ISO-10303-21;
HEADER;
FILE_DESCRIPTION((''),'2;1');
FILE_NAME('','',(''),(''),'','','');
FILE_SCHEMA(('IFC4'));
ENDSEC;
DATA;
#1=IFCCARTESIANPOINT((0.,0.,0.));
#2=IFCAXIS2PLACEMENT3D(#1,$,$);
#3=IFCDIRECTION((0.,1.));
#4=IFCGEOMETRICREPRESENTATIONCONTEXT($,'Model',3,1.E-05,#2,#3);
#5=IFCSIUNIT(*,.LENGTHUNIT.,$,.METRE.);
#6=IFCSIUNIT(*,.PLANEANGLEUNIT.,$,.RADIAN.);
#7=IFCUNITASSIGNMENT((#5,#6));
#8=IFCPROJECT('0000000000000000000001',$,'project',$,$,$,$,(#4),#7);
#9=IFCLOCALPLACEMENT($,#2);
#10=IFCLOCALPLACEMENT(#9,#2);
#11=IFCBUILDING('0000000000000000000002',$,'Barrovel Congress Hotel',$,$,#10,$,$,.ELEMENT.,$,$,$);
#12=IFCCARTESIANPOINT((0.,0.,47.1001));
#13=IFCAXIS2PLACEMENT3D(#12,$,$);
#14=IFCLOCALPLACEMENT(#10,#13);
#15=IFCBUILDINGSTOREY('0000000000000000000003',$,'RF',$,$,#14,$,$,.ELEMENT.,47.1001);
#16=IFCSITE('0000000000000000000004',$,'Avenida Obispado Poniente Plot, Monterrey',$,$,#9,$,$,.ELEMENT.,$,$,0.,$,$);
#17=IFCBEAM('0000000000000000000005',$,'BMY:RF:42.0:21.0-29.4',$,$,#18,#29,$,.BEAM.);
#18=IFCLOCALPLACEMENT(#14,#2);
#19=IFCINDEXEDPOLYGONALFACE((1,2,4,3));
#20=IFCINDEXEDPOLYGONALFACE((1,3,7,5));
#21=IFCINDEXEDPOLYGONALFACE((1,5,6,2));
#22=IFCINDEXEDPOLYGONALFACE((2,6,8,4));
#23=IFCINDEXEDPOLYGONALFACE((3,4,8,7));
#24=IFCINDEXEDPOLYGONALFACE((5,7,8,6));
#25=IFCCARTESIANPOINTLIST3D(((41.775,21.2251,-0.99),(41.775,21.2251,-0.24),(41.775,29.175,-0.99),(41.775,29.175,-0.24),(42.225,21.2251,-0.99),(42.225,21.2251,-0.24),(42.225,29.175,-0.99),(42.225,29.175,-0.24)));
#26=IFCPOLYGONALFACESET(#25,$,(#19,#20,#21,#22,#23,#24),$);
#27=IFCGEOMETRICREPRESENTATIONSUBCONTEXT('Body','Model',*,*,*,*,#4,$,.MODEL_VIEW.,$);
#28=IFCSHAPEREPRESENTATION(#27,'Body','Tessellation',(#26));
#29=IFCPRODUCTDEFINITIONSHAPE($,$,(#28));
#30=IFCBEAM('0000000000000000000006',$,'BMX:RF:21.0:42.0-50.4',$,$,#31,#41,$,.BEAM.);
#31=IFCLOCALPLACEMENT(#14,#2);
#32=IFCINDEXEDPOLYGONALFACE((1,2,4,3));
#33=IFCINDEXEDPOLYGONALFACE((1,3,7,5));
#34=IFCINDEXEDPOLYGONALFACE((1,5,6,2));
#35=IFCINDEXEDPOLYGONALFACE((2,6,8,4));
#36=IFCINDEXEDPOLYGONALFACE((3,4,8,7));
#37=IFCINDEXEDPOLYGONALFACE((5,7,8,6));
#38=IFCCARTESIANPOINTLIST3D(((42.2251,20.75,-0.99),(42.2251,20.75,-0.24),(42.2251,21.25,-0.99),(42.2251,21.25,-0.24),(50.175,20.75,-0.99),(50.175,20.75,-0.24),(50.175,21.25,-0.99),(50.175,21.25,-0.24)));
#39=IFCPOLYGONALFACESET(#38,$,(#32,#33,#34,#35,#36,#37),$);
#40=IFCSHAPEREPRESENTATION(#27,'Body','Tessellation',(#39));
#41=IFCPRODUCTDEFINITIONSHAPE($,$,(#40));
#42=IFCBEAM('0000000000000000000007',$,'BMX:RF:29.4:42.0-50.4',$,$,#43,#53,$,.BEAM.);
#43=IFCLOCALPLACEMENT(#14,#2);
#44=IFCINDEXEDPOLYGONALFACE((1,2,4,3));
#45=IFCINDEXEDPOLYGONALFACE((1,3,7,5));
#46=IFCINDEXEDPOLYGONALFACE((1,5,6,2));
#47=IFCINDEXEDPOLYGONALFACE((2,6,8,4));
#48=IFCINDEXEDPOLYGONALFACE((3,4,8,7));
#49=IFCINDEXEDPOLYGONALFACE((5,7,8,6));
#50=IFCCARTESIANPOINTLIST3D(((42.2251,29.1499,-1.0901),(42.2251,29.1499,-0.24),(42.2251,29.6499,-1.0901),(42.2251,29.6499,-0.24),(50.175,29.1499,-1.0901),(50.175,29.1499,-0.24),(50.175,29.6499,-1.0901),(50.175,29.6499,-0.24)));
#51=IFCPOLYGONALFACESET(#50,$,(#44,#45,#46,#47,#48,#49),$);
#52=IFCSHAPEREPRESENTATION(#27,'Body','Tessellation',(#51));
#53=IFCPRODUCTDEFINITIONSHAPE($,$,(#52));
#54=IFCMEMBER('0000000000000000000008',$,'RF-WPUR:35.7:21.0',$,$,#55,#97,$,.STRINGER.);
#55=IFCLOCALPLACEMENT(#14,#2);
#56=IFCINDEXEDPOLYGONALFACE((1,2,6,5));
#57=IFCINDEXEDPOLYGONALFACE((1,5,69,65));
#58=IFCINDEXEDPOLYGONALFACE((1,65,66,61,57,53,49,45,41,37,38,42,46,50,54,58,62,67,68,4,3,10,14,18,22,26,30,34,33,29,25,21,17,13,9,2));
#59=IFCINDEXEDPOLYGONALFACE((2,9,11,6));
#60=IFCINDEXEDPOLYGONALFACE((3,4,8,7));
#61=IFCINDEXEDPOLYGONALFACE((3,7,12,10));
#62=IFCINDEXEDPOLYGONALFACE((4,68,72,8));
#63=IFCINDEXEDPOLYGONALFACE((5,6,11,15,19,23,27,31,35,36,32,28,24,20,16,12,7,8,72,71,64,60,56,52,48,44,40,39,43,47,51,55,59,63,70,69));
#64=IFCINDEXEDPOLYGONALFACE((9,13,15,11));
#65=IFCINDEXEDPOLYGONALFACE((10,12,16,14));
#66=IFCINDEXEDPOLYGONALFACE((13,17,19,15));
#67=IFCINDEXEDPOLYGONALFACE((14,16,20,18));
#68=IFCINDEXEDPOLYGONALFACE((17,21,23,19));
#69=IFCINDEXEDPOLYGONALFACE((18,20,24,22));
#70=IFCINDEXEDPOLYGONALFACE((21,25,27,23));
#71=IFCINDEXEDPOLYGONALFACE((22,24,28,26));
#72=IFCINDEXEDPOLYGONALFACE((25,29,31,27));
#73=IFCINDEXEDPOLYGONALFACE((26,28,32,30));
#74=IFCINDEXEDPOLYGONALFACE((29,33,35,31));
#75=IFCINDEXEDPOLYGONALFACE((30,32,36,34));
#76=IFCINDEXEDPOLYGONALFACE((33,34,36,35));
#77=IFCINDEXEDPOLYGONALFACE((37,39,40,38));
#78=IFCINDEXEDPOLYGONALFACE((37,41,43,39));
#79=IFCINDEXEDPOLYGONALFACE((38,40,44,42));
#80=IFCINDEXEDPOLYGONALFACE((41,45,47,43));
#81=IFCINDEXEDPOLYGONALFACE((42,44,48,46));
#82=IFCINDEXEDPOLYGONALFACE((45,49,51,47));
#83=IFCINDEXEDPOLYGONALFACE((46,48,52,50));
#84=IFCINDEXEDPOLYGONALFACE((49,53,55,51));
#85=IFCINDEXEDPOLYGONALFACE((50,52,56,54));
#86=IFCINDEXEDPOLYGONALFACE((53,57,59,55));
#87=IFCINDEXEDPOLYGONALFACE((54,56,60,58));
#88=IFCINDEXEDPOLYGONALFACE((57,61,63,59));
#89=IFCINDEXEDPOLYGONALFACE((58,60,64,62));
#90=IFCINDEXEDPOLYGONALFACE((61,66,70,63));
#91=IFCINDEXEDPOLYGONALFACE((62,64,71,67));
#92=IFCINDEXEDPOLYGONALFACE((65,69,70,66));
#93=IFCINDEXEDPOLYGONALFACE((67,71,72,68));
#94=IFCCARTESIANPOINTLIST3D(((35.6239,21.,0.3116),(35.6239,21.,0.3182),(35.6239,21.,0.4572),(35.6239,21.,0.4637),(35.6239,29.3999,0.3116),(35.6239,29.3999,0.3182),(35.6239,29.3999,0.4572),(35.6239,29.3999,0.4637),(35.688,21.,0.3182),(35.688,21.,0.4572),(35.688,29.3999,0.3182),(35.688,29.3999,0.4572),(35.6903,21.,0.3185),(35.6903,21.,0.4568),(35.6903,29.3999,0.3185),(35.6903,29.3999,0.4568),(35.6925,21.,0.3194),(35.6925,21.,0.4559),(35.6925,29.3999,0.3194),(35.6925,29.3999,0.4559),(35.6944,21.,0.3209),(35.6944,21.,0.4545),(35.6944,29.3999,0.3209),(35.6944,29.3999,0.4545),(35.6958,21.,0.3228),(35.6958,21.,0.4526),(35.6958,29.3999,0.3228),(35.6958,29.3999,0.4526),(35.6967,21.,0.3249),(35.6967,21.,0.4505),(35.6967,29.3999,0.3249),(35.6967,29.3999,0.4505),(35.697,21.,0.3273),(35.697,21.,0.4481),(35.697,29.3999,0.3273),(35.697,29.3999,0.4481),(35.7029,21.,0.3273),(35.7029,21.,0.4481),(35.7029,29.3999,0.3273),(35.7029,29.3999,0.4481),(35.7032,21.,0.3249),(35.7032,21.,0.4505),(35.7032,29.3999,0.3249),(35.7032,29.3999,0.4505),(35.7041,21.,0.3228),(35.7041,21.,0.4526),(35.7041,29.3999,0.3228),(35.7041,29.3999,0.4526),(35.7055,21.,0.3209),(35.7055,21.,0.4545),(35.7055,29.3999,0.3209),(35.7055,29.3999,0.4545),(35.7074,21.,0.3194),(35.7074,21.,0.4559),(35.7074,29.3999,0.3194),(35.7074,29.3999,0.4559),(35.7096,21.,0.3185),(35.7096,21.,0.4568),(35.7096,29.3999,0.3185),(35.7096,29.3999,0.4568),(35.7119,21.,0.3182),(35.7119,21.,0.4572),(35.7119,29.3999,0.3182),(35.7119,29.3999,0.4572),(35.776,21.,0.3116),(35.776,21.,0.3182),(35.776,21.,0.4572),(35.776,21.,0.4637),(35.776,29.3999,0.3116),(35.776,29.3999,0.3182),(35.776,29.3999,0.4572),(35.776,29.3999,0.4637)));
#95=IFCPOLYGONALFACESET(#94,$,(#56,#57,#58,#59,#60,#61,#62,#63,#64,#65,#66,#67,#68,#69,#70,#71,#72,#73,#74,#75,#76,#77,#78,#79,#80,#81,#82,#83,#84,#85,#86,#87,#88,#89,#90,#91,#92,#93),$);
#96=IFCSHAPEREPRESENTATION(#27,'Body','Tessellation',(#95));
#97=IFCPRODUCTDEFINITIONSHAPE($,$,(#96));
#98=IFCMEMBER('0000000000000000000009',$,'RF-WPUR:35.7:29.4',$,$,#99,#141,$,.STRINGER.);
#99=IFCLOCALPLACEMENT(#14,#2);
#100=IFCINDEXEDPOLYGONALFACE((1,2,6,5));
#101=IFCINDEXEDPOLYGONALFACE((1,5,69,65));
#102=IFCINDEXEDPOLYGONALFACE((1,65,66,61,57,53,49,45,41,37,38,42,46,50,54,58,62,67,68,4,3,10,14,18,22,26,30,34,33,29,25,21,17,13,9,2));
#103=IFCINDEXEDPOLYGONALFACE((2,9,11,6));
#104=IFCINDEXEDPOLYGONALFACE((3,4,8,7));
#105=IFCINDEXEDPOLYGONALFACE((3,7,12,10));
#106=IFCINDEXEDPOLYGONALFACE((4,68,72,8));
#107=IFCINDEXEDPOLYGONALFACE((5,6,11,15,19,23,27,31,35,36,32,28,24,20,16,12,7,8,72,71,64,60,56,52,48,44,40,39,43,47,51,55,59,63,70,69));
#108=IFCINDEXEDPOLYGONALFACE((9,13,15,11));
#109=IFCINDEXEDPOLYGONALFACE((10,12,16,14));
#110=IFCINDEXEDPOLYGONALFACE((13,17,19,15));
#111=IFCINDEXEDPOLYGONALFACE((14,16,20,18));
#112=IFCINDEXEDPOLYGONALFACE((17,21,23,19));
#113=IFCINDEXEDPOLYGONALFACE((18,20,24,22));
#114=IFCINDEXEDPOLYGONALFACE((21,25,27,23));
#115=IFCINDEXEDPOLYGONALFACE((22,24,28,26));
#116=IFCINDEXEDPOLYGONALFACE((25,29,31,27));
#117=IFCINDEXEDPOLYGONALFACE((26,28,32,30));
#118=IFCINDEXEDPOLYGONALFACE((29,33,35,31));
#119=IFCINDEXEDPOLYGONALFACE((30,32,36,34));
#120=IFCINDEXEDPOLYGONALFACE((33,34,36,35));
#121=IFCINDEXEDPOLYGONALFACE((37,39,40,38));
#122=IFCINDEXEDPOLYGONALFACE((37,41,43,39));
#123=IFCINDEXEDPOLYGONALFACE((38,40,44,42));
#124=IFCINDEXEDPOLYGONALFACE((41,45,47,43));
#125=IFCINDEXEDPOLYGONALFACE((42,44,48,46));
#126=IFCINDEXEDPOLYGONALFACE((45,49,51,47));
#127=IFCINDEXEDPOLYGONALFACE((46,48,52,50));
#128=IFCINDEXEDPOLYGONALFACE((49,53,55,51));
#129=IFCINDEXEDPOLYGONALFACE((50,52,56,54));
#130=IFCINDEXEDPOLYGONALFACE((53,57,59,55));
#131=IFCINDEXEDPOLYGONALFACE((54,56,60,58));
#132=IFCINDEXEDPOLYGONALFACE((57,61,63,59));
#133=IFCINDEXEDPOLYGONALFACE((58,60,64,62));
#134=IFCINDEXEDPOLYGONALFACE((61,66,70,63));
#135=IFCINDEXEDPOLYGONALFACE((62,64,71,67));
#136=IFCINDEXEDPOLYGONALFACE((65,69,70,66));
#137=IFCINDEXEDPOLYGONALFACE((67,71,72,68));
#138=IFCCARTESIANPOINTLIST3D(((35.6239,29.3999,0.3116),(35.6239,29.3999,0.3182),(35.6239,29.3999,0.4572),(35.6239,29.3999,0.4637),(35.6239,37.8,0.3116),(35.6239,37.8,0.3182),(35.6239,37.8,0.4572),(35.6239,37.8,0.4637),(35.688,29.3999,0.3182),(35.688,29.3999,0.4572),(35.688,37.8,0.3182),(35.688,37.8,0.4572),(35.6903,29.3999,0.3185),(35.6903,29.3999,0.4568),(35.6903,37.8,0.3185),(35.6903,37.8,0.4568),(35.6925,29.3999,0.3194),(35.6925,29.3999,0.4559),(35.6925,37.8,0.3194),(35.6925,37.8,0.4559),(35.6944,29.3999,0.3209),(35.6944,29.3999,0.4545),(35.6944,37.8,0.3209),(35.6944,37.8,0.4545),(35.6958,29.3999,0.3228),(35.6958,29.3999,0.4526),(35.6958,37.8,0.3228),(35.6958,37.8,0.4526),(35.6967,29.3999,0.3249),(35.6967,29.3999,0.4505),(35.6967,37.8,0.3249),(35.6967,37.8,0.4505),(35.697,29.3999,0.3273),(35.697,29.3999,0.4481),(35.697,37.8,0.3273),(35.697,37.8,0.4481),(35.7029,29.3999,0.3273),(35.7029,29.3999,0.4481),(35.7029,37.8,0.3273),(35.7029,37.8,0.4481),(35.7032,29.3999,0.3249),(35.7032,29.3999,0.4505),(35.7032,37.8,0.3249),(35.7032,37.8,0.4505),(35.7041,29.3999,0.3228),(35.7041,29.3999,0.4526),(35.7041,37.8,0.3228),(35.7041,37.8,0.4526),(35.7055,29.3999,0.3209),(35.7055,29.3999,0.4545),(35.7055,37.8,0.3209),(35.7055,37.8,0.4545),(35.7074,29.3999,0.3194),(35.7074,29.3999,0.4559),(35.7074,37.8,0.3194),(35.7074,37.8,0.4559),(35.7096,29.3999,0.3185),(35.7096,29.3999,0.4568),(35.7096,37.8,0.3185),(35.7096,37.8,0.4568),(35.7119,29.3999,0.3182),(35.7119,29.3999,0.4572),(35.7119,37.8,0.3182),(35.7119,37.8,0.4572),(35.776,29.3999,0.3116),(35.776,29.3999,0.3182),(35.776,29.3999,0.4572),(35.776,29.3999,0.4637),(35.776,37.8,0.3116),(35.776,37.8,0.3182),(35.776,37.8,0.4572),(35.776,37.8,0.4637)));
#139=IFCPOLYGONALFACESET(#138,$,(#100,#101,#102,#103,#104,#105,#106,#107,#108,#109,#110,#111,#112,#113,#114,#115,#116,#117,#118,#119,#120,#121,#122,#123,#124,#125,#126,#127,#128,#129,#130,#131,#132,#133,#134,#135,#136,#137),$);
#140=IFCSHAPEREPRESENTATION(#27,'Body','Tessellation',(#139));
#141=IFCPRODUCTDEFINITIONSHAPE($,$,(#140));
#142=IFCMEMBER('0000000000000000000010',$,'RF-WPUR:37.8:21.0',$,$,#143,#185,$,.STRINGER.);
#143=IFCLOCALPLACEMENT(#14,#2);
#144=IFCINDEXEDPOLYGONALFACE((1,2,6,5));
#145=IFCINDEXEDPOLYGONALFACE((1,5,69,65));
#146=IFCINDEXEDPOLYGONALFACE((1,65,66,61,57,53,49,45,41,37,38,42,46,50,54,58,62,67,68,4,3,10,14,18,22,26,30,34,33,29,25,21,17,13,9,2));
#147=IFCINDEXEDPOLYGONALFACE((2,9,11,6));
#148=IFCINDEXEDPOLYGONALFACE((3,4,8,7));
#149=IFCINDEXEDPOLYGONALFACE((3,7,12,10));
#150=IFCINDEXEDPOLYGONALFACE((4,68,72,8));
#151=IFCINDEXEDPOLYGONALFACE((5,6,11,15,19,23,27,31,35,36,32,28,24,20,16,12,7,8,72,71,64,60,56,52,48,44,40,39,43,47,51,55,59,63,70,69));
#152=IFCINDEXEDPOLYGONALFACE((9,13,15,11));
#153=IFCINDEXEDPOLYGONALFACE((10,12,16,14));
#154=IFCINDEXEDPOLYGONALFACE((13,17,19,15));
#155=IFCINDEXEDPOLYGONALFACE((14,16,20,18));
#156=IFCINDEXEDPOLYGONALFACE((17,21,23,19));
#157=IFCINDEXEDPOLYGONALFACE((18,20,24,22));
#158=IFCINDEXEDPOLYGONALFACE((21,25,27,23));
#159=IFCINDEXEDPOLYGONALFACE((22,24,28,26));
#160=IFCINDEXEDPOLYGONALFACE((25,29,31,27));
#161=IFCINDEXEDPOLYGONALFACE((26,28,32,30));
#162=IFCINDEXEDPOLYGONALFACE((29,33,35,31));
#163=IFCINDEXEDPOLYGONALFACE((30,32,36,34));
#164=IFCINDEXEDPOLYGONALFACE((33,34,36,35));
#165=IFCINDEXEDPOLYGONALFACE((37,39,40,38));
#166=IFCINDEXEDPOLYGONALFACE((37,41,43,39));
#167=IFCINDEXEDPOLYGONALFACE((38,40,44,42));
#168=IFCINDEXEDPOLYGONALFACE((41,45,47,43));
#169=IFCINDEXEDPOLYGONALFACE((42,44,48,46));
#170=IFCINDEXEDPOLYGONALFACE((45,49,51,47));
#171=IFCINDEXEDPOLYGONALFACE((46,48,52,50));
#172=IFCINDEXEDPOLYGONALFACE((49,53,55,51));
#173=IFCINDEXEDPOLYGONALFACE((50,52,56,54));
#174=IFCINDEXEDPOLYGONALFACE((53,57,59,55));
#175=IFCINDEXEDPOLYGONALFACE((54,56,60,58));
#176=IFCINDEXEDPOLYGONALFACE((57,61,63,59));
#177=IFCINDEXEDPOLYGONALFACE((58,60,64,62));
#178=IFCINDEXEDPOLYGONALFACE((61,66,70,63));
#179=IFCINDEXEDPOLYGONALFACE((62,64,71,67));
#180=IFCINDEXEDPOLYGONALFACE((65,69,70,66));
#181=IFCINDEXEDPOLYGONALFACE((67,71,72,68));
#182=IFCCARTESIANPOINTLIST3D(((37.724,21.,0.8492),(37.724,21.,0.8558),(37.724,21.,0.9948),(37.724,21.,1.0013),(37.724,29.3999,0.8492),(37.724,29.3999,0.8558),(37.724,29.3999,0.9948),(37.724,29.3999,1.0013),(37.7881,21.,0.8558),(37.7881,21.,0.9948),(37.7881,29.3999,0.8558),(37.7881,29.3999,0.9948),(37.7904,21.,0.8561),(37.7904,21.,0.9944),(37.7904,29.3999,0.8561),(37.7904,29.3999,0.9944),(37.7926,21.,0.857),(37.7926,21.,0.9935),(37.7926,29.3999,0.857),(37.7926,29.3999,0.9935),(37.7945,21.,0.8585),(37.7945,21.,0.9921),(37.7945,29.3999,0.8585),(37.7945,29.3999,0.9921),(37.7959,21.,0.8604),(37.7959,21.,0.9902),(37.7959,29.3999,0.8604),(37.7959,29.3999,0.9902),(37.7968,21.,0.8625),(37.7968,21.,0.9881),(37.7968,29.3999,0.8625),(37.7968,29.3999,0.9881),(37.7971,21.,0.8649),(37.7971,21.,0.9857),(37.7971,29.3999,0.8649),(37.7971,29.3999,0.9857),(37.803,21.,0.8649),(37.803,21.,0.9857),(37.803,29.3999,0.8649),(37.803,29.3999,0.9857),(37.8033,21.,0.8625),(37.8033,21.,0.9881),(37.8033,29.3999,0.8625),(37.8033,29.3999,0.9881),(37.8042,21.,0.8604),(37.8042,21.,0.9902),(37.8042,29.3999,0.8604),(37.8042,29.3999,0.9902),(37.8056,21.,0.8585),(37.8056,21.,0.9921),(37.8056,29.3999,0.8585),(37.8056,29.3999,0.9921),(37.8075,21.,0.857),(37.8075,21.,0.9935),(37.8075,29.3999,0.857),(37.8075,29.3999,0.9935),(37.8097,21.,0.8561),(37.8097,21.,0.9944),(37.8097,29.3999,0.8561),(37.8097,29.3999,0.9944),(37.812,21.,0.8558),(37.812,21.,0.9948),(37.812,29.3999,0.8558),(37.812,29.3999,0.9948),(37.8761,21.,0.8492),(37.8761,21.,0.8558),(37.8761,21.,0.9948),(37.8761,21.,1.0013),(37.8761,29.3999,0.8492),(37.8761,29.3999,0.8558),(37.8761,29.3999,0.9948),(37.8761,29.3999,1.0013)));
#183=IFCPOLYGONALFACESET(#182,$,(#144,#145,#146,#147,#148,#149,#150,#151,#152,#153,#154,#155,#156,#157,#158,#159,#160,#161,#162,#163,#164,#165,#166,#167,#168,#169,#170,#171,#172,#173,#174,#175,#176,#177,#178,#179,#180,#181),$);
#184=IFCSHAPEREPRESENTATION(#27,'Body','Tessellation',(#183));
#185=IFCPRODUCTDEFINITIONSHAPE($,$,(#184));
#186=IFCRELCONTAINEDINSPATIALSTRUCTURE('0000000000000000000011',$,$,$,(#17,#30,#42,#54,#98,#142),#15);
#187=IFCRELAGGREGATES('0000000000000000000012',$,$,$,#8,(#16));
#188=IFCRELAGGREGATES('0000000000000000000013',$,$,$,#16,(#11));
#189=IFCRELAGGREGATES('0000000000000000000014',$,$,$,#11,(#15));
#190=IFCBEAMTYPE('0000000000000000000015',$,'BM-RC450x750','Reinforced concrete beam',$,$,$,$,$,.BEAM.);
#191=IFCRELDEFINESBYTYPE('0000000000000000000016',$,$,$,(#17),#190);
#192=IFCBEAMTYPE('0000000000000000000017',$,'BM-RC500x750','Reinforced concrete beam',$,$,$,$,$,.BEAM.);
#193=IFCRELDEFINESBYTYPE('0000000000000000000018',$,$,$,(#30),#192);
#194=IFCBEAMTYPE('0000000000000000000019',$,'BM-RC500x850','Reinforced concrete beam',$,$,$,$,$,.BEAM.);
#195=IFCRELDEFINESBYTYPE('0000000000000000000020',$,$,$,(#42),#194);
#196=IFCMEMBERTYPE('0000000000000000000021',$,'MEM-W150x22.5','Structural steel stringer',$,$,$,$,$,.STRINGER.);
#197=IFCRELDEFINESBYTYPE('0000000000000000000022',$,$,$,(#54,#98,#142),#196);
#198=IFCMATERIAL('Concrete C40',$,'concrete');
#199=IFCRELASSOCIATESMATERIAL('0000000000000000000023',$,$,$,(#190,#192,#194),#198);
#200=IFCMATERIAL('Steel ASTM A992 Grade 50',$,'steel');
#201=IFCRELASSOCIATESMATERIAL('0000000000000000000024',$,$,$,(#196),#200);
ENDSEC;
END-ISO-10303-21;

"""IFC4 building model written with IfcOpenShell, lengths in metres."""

from ifc_helpers import new_model, si_unit, direction, frame, origin, origin_2d, place, context, subcontext, project, spatial, rectangle, i_section, extrude, material, material_profile, profile_set, type_object, element, save


model = new_model("IFC4")

# Units and contexts
model_context = context("Model", 3, precision=1e-05, world=origin(), true_north=direction((0.0, 1.0)))
body_context = subcontext(model_context, "Body", "Model", "MODEL_VIEW")
ifc_project = project(units=[si_unit("LENGTHUNIT", "METRE"), si_unit("PLANEANGLEUNIT", "RADIAN")], contexts=[model_context])

# Site, building, storey
site_placement = place(None, origin())
site = spatial("IfcSite", under=ifc_project, at=site_placement, Name="Avenida Obispado Poniente Plot, Monterrey", CompositionType="ELEMENT", RefElevation=0.0)
building_placement = place(site_placement, origin())
building = spatial("IfcBuilding", under=site, at=building_placement, Name="Barrovel Congress Hotel", CompositionType="ELEMENT")
storey_placement = place(building_placement, frame((0.0, 0.0, 47.1001)))
storey = spatial("IfcBuildingStorey", under=building, at=storey_placement, Name="RF", CompositionType="ELEMENT", Elevation=47.1001)

# Beams
ifc_material_1 = material(Name="Concrete C40", Category="concrete")
ifc_material_profile_1 = material_profile(ifc_material_1, rectangle(XDim=0.45, YDim=0.75, at=origin_2d()), Name="RC450x750")
ifc_profile_set_1 = profile_set([ifc_material_profile_1], Name="Concrete C40")
beam_type_1 = type_object("IfcBeamType", Name="BM-RC450x750", Description="Reinforced concrete beam", PredefinedType="BEAM", material=ifc_profile_set_1)
beam_1_placement = place(storey_placement, frame((42.0, 21.2251, -0.615), z_axis=(0.0, 1.0, 0.0), x_axis=(-1.0, 0.0, 0.0)))
element("IfcBeam", 1, at=beam_1_placement, inside=storey, type_object=beam_type_1, Name="BMY:RF:42.0:21.0-29.4", PredefinedType="BEAM", context=body_context, shape_type="SweptSolid", body=[
    extrude(rectangle(XDim=0.45, YDim=0.75, at=origin_2d()), origin(), (0.0, 0.0, 1.0), 7.95),
])
ifc_material_profile_2 = material_profile(ifc_material_1, rectangle(XDim=0.5, YDim=0.75, at=origin_2d()), Name="RC500x750")
ifc_profile_set_2 = profile_set([ifc_material_profile_2], Name="Concrete C40")
beam_type_2 = type_object("IfcBeamType", Name="BM-RC500x750", Description="Reinforced concrete beam", PredefinedType="BEAM", material=ifc_profile_set_2)
beam_2_placement = place(storey_placement, frame((42.2251, 21.0, -0.615), z_axis=(1.0, 0.0, 0.0), x_axis=(0.0, 1.0, 0.0)))
element("IfcBeam", 2, at=beam_2_placement, inside=storey, type_object=beam_type_2, Name="BMX:RF:21.0:42.0-50.4", PredefinedType="BEAM", context=body_context, shape_type="SweptSolid", body=[
    extrude(rectangle(XDim=0.5, YDim=0.75, at=origin_2d()), origin(), (0.0, 0.0, 1.0), 7.95),
])
ifc_material_profile_3 = material_profile(ifc_material_1, rectangle(XDim=0.5, YDim=0.8501, at=origin_2d()), Name="RC500x850")
ifc_profile_set_3 = profile_set([ifc_material_profile_3], Name="Concrete C40")
beam_type_3 = type_object("IfcBeamType", Name="BM-RC500x850", Description="Reinforced concrete beam", PredefinedType="BEAM", material=ifc_profile_set_3)
beam_3_placement = place(storey_placement, frame((42.2251, 29.3999, -0.665), z_axis=(1.0, 0.0, 0.0), x_axis=(0.0, 1.0, 0.0)))
element("IfcBeam", 3, at=beam_3_placement, inside=storey, type_object=beam_type_3, Name="BMX:RF:29.4:42.0-50.4", PredefinedType="BEAM", context=body_context, shape_type="SweptSolid", body=[
    extrude(rectangle(XDim=0.5, YDim=0.8501, at=origin_2d()), origin(), (0.0, 0.0, 1.0), 7.95),
])

# Members
ifc_material_2 = material(Name="Steel ASTM A992 Grade 50", Category="steel")
ifc_material_profile_4 = material_profile(ifc_material_2, i_section(OverallWidth=0.1521, OverallDepth=0.1521, WebThickness=0.0059, FlangeThickness=0.0066, FilletRadius=0.009, at=origin_2d()), Name="W150x22.5")
ifc_profile_set_4 = profile_set([ifc_material_profile_4], Name="Steel ASTM A992 Grade 50")
member_type_1 = type_object("IfcMemberType", Name="MEM-W150x22.5", Description="Structural steel stringer", PredefinedType="STRINGER", material=ifc_profile_set_4)
member_1_placement = place(storey_placement, frame((35.7, 21.0, 0.3877), z_axis=(0.0, 1.0, 0.0), x_axis=(-1.0, 0.0, 0.0)))
element("IfcMember", 4, at=member_1_placement, inside=storey, type_object=member_type_1, Name="RF-WPUR:35.7:21.0", PredefinedType="STRINGER", context=body_context, shape_type="SweptSolid", body=[
    extrude(i_section(OverallWidth=0.1521, OverallDepth=0.1521, WebThickness=0.0059, FlangeThickness=0.0066, FilletRadius=0.009, at=origin_2d()), origin(), (0.0, 0.0, 1.0), 8.3999),
])
member_2_placement = place(storey_placement, frame((35.7, 29.3999, 0.3877), z_axis=(0.0, 1.0, 0.0), x_axis=(-1.0, 0.0, 0.0)))
element("IfcMember", 5, at=member_2_placement, inside=storey, type_object=member_type_1, Name="RF-WPUR:35.7:29.4", PredefinedType="STRINGER", context=body_context, shape_type="SweptSolid", body=[
    extrude(i_section(OverallWidth=0.1521, OverallDepth=0.1521, WebThickness=0.0059, FlangeThickness=0.0066, FilletRadius=0.009, at=origin_2d()), origin(), (0.0, 0.0, 1.0), 8.4001),
])
member_3_placement = place(storey_placement, frame((37.8, 21.0, 0.9253), z_axis=(0.0, 1.0, 0.0), x_axis=(-1.0, 0.0, 0.0)))
element("IfcMember", 6, at=member_3_placement, inside=storey, type_object=member_type_1, Name="RF-WPUR:37.8:21.0", PredefinedType="STRINGER", context=body_context, shape_type="SweptSolid", body=[
    extrude(i_section(OverallWidth=0.1521, OverallDepth=0.1521, WebThickness=0.0059, FlangeThickness=0.0066, FilletRadius=0.009, at=origin_2d()), origin(), (0.0, 0.0, 1.0), 8.3999),
])

save(model, "model.ifc")
